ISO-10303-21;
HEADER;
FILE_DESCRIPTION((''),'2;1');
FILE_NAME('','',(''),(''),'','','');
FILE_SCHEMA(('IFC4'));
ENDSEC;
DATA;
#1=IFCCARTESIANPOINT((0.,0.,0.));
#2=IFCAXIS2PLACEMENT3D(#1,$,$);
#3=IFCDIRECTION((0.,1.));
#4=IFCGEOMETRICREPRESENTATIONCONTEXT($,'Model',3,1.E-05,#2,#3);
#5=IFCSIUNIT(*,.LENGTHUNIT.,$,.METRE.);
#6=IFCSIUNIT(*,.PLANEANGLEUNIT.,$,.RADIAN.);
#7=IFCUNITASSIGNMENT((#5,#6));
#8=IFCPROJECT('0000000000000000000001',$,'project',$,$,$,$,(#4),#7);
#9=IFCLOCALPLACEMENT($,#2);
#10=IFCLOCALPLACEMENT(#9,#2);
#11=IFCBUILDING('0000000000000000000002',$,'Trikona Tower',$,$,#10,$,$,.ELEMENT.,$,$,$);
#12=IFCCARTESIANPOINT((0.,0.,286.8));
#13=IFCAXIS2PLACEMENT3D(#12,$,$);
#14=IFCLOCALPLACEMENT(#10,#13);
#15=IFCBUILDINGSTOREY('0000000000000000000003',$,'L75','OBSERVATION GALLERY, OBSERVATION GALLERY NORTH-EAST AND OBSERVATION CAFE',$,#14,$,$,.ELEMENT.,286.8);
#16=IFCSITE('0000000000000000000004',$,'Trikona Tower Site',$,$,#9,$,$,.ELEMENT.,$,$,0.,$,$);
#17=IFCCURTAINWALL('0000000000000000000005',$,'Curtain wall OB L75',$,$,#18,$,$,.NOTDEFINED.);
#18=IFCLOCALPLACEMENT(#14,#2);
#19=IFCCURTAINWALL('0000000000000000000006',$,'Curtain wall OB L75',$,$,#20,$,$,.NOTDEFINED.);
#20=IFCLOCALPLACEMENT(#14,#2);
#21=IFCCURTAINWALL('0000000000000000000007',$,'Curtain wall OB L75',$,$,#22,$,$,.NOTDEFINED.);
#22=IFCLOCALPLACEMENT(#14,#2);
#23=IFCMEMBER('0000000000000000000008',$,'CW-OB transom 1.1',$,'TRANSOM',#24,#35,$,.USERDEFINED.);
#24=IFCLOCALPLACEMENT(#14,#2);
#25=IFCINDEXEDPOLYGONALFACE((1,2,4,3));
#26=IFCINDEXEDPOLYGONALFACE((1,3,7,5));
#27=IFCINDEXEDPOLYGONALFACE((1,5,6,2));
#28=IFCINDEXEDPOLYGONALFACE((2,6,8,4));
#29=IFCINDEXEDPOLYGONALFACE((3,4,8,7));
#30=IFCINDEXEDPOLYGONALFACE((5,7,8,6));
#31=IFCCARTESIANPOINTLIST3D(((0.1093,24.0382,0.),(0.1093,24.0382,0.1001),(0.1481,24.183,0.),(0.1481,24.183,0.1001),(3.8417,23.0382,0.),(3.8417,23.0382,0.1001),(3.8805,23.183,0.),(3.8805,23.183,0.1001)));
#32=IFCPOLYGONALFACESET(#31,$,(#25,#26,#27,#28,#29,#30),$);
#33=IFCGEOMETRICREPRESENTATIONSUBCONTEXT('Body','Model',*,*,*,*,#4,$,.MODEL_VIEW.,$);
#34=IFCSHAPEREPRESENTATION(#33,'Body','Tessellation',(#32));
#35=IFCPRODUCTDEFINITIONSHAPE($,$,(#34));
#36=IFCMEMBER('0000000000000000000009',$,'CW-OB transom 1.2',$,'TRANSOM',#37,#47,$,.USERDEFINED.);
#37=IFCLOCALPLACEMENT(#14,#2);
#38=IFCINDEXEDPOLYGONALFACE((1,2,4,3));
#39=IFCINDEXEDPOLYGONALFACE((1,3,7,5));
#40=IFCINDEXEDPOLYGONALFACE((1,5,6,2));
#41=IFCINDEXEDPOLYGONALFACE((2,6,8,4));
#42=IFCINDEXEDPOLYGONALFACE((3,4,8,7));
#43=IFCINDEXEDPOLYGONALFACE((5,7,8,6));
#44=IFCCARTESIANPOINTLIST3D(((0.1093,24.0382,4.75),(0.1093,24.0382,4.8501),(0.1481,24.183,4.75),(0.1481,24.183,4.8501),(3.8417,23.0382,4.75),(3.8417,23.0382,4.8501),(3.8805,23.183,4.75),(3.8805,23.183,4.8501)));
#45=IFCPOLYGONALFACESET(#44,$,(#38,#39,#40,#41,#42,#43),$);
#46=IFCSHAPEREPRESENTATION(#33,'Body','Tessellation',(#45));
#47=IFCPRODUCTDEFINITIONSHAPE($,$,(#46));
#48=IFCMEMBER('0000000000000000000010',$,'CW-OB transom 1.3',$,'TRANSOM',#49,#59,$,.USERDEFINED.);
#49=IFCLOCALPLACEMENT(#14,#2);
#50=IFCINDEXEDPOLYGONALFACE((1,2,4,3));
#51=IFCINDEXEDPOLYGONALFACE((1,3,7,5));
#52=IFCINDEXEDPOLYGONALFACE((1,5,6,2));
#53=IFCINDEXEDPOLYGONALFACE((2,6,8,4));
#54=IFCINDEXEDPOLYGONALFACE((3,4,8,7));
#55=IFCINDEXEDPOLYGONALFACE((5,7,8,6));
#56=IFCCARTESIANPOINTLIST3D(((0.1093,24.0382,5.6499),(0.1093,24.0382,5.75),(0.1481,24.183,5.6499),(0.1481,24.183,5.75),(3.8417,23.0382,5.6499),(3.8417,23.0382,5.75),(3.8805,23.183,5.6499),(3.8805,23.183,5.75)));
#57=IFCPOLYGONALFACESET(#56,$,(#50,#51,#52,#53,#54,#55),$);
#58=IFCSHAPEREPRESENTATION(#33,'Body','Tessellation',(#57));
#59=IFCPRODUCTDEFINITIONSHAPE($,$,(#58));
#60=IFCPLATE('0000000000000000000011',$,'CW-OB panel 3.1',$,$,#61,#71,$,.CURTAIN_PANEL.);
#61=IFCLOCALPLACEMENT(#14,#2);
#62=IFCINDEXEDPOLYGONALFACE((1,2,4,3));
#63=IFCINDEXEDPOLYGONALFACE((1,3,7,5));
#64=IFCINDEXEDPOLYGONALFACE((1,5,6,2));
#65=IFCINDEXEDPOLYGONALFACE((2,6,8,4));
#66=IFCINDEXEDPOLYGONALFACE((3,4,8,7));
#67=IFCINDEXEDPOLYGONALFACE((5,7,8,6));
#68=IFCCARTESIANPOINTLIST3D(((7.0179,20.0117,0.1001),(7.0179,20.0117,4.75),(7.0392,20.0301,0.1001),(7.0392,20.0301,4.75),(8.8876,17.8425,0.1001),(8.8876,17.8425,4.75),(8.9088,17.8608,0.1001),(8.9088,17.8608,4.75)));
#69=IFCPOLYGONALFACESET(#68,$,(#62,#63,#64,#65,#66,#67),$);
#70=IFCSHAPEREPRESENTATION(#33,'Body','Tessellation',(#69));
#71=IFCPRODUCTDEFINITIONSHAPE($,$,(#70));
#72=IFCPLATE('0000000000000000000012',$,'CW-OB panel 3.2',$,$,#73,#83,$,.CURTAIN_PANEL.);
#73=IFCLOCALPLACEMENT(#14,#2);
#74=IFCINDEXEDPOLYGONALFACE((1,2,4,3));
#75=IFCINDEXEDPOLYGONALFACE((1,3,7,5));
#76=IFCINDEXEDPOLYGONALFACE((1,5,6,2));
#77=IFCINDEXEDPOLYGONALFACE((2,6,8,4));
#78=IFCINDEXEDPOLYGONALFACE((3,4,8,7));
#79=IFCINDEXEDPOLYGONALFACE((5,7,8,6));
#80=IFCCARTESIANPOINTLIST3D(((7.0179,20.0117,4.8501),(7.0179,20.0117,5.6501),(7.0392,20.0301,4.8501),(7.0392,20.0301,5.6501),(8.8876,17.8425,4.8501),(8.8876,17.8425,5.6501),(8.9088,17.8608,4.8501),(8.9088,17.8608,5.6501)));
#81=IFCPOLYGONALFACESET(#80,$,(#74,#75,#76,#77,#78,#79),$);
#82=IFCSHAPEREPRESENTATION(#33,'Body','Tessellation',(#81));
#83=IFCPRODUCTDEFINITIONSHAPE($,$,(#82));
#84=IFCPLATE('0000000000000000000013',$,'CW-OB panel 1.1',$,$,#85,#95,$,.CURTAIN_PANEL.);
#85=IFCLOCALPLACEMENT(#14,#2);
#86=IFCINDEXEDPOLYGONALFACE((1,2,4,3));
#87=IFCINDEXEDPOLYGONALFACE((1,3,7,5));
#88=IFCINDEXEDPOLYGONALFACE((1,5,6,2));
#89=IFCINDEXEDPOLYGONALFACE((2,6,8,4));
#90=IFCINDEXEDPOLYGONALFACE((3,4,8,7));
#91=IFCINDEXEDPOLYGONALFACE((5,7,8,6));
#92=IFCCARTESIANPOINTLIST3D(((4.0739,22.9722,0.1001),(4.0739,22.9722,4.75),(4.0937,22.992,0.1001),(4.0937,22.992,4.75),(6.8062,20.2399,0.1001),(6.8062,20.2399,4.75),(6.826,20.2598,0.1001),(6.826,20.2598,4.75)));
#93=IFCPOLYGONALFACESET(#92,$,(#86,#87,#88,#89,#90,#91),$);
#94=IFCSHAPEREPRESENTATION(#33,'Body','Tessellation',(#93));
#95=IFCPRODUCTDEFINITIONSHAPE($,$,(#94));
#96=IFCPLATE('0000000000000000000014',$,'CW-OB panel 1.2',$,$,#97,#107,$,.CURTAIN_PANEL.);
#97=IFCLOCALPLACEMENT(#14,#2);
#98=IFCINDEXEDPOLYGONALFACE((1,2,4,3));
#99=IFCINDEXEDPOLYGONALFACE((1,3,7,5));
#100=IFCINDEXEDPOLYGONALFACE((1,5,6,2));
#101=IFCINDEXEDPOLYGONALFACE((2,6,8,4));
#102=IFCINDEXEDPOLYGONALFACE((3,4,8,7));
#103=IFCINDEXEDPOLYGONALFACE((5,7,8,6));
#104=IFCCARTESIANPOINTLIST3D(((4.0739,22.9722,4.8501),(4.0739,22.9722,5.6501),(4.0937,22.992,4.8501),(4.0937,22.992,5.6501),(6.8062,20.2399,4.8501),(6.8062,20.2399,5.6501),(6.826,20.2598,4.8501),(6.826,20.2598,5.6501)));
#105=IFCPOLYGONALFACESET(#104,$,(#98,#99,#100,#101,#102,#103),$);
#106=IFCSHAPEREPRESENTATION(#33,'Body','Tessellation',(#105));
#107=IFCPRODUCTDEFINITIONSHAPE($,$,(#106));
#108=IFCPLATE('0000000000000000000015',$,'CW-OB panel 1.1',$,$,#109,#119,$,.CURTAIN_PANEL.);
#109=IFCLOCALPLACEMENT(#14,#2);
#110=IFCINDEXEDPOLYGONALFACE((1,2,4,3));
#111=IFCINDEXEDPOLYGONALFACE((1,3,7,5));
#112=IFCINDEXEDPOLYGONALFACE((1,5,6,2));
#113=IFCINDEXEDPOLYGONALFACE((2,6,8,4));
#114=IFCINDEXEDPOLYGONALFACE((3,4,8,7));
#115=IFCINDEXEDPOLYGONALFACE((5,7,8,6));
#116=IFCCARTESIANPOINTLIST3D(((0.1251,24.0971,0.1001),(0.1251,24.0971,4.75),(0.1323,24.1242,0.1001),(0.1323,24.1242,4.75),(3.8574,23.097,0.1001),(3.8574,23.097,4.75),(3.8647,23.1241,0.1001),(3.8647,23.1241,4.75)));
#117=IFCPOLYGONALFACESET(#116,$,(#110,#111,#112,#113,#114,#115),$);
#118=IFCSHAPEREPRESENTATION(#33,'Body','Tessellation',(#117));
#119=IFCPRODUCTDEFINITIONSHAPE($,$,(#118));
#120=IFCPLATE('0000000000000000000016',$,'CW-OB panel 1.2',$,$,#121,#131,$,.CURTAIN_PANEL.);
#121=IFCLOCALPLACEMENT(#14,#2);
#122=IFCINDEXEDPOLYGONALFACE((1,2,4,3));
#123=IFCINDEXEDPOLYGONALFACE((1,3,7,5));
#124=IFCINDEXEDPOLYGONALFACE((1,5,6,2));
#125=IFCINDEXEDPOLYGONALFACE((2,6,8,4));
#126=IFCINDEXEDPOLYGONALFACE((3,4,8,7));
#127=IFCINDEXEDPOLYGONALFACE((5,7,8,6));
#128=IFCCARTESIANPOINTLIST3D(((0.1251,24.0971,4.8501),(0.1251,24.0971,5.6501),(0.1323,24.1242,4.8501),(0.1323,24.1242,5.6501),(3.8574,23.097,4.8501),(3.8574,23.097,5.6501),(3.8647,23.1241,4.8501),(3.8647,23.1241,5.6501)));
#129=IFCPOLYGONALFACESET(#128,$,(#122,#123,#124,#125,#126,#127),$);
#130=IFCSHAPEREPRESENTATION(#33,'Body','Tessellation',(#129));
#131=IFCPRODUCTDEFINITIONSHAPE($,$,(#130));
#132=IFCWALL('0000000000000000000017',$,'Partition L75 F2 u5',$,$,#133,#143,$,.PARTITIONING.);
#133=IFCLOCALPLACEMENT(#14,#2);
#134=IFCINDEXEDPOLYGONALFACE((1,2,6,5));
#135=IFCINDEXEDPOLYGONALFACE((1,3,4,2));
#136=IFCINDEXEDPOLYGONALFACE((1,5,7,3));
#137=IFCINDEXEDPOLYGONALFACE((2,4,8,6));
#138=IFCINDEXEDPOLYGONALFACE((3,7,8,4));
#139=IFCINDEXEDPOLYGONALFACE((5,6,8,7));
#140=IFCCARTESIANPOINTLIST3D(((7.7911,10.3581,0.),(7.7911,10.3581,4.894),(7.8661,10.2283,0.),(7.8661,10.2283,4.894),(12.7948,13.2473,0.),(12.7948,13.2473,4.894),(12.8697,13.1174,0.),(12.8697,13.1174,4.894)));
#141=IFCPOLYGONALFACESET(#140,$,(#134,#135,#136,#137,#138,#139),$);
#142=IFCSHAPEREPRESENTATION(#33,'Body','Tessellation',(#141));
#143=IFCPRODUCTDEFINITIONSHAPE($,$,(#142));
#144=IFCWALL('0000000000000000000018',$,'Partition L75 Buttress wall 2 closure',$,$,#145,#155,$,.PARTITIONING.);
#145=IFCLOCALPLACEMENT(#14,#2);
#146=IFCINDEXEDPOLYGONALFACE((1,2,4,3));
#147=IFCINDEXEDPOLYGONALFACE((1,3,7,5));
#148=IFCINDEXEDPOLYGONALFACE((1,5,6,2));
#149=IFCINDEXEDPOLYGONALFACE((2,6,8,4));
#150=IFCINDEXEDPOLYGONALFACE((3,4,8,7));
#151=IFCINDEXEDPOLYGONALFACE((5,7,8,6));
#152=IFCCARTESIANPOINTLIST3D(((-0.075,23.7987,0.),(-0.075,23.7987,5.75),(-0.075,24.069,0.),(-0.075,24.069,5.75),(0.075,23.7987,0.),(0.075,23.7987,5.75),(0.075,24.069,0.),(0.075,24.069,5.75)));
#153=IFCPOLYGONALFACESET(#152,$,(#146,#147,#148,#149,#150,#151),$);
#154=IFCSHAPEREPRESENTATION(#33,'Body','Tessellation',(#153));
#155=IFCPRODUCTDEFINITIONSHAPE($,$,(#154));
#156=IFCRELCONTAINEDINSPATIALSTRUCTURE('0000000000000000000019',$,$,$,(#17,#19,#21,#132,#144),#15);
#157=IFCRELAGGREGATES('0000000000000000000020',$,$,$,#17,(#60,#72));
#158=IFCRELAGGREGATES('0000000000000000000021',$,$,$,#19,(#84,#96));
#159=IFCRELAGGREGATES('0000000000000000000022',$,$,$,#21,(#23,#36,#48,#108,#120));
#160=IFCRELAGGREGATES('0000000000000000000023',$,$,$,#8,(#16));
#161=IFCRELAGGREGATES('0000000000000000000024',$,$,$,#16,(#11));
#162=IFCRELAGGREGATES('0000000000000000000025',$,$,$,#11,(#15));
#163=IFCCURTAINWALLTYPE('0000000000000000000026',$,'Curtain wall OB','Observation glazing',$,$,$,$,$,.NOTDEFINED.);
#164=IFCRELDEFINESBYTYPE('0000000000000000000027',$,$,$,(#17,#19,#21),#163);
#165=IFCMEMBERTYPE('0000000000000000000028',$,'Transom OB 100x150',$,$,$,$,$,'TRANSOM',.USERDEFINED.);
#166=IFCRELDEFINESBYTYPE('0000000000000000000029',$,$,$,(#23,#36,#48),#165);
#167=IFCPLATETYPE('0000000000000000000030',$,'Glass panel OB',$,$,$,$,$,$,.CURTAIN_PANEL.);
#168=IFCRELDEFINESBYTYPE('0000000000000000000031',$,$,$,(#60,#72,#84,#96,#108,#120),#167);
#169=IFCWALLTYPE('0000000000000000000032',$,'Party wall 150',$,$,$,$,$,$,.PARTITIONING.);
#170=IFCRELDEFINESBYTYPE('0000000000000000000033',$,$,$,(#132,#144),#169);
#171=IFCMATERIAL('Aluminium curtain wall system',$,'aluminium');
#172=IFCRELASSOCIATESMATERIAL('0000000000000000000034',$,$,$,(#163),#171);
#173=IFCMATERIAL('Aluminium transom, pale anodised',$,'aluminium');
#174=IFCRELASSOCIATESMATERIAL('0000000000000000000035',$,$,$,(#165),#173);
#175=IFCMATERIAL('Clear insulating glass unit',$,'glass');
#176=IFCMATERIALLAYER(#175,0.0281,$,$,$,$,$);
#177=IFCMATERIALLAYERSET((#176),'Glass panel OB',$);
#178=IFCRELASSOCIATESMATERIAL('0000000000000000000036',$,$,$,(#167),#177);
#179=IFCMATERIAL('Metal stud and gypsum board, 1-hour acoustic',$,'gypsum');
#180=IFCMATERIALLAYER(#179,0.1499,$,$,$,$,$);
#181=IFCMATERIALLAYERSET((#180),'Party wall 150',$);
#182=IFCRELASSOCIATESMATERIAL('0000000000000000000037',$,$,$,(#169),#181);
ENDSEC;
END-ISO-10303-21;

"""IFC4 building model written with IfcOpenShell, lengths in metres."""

from ifc_helpers import new_model, si_unit, direction, frame, frame_2d, origin, origin_2d, place, context, subcontext, project, spatial, rectangle, extrude, material, layer, layer_set, material_profile, profile_set, type_object, element, aggregate, save


model = new_model("IFC4")

# Units and contexts
model_context = context("Model", 3, precision=1e-05, world=origin(), true_north=direction((0.0, 1.0)))
body_context = subcontext(model_context, "Body", "Model", "MODEL_VIEW")
ifc_project = project(units=[si_unit("LENGTHUNIT", "METRE"), si_unit("PLANEANGLEUNIT", "RADIAN")], contexts=[model_context])

# Site, building, storey
site_placement = place(None, origin())
site = spatial("IfcSite", under=ifc_project, at=site_placement, Name="Trikona Tower Site", CompositionType="ELEMENT", RefElevation=0.0)
building_placement = place(site_placement, origin())
building = spatial("IfcBuilding", under=site, at=building_placement, Name="Trikona Tower", CompositionType="ELEMENT")
storey_placement = place(building_placement, frame((0.0, 0.0, 286.8)))
storey = spatial("IfcBuildingStorey", under=building, at=storey_placement, Name="L75", Description="OBSERVATION GALLERY, OBSERVATION GALLERY NORTH-EAST AND OBSERVATION CAFE", CompositionType="ELEMENT", Elevation=286.8)

# Curtain wall
ifc_material_1 = material(Name="Aluminium curtain wall system", Category="aluminium")
curtain_wall_type = type_object("IfcCurtainWallType", Name="Curtain wall OB", Description="Observation glazing", PredefinedType="NOTDEFINED", material=ifc_material_1)
curtain_wall_1_placement = place(storey_placement, origin())
curtain_wall_1 = element("IfcCurtainWall", 1, at=curtain_wall_1_placement, inside=storey, type_object=curtain_wall_type, Name="Curtain wall OB L75", PredefinedType="NOTDEFINED")

# Curtain walls
curtain_wall_2_placement = place(storey_placement, origin())
curtain_wall_2 = element("IfcCurtainWall", 2, at=curtain_wall_2_placement, inside=storey, type_object=curtain_wall_type, Name="Curtain wall OB L75", PredefinedType="NOTDEFINED")
curtain_wall_3_placement = place(storey_placement, origin())
curtain_wall_3 = element("IfcCurtainWall", 3, at=curtain_wall_3_placement, inside=storey, type_object=curtain_wall_type, Name="Curtain wall OB L75", PredefinedType="NOTDEFINED")

# Members
ifc_material_2 = material(Name="Aluminium transom, pale anodised", Category="aluminium")
ifc_material_profile_1 = material_profile(ifc_material_2, rectangle(XDim=0.1499, YDim=0.1001, at=origin_2d()), Name="TRN-OB")
ifc_profile_set_1 = profile_set([ifc_material_profile_1], Name="Aluminium transom, pale anodised")
member_type_1 = type_object("IfcMemberType", Name="Transom OB 100x150", ElementType="TRANSOM", PredefinedType="USERDEFINED", material=ifc_profile_set_1)
member_1_placement = place(storey_placement, frame((3.8611, 23.1106, 0.05), z_axis=(-0.965932, 0.258795, 0.0), x_axis=(-0.258795, -0.965932, 0.0)))
member_1 = element("IfcMember", 4, at=member_1_placement, type_object=member_type_1, Name="CW-OB transom 1.1", ObjectType="TRANSOM", PredefinedType="USERDEFINED", context=body_context, shape_type="SweptSolid", body=[
    extrude(rectangle(XDim=0.1499, YDim=0.1001, at=origin_2d()), origin(), (0.0, 0.0, 1.0), 3.864),
])
member_2_placement = place(storey_placement, frame((3.8611, 23.1106, 4.8), z_axis=(-0.965932, 0.258795, 0.0), x_axis=(-0.258795, -0.965932, 0.0)))
member_2 = element("IfcMember", 5, at=member_2_placement, type_object=member_type_1, Name="CW-OB transom 1.2", ObjectType="TRANSOM", PredefinedType="USERDEFINED", context=body_context, shape_type="SweptSolid", body=[
    extrude(rectangle(XDim=0.1499, YDim=0.1001, at=origin_2d()), origin(), (0.0, 0.0, 1.0), 3.864),
])
member_3_placement = place(storey_placement, frame((3.8611, 23.1106, 5.7), z_axis=(-0.965932, 0.258795, 0.0), x_axis=(-0.258795, -0.965932, 0.0)))
member_3 = element("IfcMember", 6, at=member_3_placement, type_object=member_type_1, Name="CW-OB transom 1.3", ObjectType="TRANSOM", PredefinedType="USERDEFINED", context=body_context, shape_type="SweptSolid", body=[
    extrude(rectangle(XDim=0.1499, YDim=0.1001, at=origin_2d()), origin(), (0.0, 0.0, 1.0), 3.864),
])

# Plates
ifc_material_3 = material(Name="Clear insulating glass unit", Category="glass")
ifc_layer_1 = layer(ifc_material_3, 0.0281)
ifc_layer_set_1 = layer_set([ifc_layer_1], Name="Glass panel OB")
plate_type = type_object("IfcPlateType", Name="Glass panel OB", PredefinedType="CURTAIN_PANEL", material=ifc_layer_set_1)
plate_1_placement = place(storey_placement, frame((7.9634, 18.9363, 0.1001), z_axis=(0.0, 0.0, 1.0), x_axis=(-0.652864, 0.757475, 0.0)))
plate_1 = element("IfcPlate", 7, at=plate_1_placement, type_object=plate_type, Name="CW-OB panel 3.1", PredefinedType="CURTAIN_PANEL", context=body_context, shape_type="SweptSolid", body=[
    extrude(rectangle(XDim=2.8638, YDim=0.0281, at=origin_2d()), origin(), (0.0, 0.0, 1.0), 4.6499),
])
plate_2_placement = place(storey_placement, frame((7.9634, 18.9363, 4.8501), z_axis=(0.0, 0.0, 1.0), x_axis=(-0.652864, 0.757475, 0.0)))
plate_2 = element("IfcPlate", 8, at=plate_2_placement, type_object=plate_type, Name="CW-OB panel 3.2", PredefinedType="CURTAIN_PANEL", context=body_context, shape_type="SweptSolid", body=[
    extrude(rectangle(XDim=2.8638, YDim=0.0281, at=origin_2d()), origin(), (0.0, 0.0, 1.0), 0.8),
])
aggregate(curtain_wall_1, [plate_1, plate_2])
plate_3_placement = place(storey_placement, frame((5.45, 21.616, 0.1001), z_axis=(0.0, 0.0, 1.0), x_axis=(-0.707107, 0.707107, 0.0)))
plate_3 = element("IfcPlate", 9, at=plate_3_placement, type_object=plate_type, Name="CW-OB panel 1.1", PredefinedType="CURTAIN_PANEL", context=body_context, shape_type="SweptSolid", body=[
    extrude(rectangle(XDim=3.864, YDim=0.0281, at=origin_2d()), origin(), (0.0, 0.0, 1.0), 4.6499),
])
plate_4_placement = place(storey_placement, frame((5.45, 21.616, 4.8501), z_axis=(0.0, 0.0, 1.0), x_axis=(-0.707107, 0.707107, 0.0)))
plate_4 = element("IfcPlate", 10, at=plate_4_placement, type_object=plate_type, Name="CW-OB panel 1.2", PredefinedType="CURTAIN_PANEL", context=body_context, shape_type="SweptSolid", body=[
    extrude(rectangle(XDim=3.864, YDim=0.0281, at=origin_2d()), origin(), (0.0, 0.0, 1.0), 0.8),
])
aggregate(curtain_wall_2, [plate_3, plate_4])
plate_5_placement = place(storey_placement, frame((1.9949, 23.6106, 0.1001), z_axis=(0.0, 0.0, 1.0), x_axis=(-0.965923, 0.258828, 0.0)))
plate_5 = element("IfcPlate", 11, at=plate_5_placement, type_object=plate_type, Name="CW-OB panel 1.1", PredefinedType="CURTAIN_PANEL", context=body_context, shape_type="SweptSolid", body=[
    extrude(rectangle(XDim=3.864, YDim=0.0281, at=origin_2d()), origin(), (0.0, 0.0, 1.0), 4.6499),
])
plate_6_placement = place(storey_placement, frame((1.9949, 23.6106, 4.8501), z_axis=(0.0, 0.0, 1.0), x_axis=(-0.965923, 0.258828, 0.0)))
plate_6 = element("IfcPlate", 12, at=plate_6_placement, type_object=plate_type, Name="CW-OB panel 1.2", PredefinedType="CURTAIN_PANEL", context=body_context, shape_type="SweptSolid", body=[
    extrude(rectangle(XDim=3.864, YDim=0.0281, at=origin_2d()), origin(), (0.0, 0.0, 1.0), 0.8),
])
aggregate(curtain_wall_3, [member_1, member_2, member_3, plate_5, plate_6])

# Walls
ifc_material_4 = material(Name="Metal stud and gypsum board, 1-hour acoustic", Category="gypsum")
ifc_layer_2 = layer(ifc_material_4, 0.1499)
ifc_layer_set_2 = layer_set([ifc_layer_2], Name="Party wall 150")
wall_type = type_object("IfcWallType", Name="Party wall 150", PredefinedType="PARTITIONING", material=ifc_layer_set_2)
wall_1_placement = place(storey_placement, frame((7.8286, 10.2932, 0.0), z_axis=(0.0, 0.0, 1.0), x_axis=(0.866003, 0.500038, 0.0)))
element("IfcWall", 13, at=wall_1_placement, inside=storey, type_object=wall_type, Name="Partition L75 F2 u5", PredefinedType="PARTITIONING", context=body_context, shape_type="SweptSolid", body=[
    extrude(rectangle(XDim=5.7778, YDim=0.1499, at=frame_2d((2.8889, 0.0))), origin(), (0.0, 0.0, 1.0), 4.894),
])
wall_2_placement = place(storey_placement, frame((0.0, 23.7986, 0.0), z_axis=(0.0, 0.0, 1.0), x_axis=(0.0, 1.0, 0.0)))
element("IfcWall", 14, at=wall_2_placement, inside=storey, type_object=wall_type, Name="Partition L75 Buttress wall 2 closure", PredefinedType="PARTITIONING", context=body_context, shape_type="SweptSolid", body=[
    extrude(rectangle(XDim=0.2703, YDim=0.1499, at=frame_2d((0.1353, 0.0))), origin(), (0.0, 0.0, 1.0), 5.75),
])

save(model, "model.ifc")
